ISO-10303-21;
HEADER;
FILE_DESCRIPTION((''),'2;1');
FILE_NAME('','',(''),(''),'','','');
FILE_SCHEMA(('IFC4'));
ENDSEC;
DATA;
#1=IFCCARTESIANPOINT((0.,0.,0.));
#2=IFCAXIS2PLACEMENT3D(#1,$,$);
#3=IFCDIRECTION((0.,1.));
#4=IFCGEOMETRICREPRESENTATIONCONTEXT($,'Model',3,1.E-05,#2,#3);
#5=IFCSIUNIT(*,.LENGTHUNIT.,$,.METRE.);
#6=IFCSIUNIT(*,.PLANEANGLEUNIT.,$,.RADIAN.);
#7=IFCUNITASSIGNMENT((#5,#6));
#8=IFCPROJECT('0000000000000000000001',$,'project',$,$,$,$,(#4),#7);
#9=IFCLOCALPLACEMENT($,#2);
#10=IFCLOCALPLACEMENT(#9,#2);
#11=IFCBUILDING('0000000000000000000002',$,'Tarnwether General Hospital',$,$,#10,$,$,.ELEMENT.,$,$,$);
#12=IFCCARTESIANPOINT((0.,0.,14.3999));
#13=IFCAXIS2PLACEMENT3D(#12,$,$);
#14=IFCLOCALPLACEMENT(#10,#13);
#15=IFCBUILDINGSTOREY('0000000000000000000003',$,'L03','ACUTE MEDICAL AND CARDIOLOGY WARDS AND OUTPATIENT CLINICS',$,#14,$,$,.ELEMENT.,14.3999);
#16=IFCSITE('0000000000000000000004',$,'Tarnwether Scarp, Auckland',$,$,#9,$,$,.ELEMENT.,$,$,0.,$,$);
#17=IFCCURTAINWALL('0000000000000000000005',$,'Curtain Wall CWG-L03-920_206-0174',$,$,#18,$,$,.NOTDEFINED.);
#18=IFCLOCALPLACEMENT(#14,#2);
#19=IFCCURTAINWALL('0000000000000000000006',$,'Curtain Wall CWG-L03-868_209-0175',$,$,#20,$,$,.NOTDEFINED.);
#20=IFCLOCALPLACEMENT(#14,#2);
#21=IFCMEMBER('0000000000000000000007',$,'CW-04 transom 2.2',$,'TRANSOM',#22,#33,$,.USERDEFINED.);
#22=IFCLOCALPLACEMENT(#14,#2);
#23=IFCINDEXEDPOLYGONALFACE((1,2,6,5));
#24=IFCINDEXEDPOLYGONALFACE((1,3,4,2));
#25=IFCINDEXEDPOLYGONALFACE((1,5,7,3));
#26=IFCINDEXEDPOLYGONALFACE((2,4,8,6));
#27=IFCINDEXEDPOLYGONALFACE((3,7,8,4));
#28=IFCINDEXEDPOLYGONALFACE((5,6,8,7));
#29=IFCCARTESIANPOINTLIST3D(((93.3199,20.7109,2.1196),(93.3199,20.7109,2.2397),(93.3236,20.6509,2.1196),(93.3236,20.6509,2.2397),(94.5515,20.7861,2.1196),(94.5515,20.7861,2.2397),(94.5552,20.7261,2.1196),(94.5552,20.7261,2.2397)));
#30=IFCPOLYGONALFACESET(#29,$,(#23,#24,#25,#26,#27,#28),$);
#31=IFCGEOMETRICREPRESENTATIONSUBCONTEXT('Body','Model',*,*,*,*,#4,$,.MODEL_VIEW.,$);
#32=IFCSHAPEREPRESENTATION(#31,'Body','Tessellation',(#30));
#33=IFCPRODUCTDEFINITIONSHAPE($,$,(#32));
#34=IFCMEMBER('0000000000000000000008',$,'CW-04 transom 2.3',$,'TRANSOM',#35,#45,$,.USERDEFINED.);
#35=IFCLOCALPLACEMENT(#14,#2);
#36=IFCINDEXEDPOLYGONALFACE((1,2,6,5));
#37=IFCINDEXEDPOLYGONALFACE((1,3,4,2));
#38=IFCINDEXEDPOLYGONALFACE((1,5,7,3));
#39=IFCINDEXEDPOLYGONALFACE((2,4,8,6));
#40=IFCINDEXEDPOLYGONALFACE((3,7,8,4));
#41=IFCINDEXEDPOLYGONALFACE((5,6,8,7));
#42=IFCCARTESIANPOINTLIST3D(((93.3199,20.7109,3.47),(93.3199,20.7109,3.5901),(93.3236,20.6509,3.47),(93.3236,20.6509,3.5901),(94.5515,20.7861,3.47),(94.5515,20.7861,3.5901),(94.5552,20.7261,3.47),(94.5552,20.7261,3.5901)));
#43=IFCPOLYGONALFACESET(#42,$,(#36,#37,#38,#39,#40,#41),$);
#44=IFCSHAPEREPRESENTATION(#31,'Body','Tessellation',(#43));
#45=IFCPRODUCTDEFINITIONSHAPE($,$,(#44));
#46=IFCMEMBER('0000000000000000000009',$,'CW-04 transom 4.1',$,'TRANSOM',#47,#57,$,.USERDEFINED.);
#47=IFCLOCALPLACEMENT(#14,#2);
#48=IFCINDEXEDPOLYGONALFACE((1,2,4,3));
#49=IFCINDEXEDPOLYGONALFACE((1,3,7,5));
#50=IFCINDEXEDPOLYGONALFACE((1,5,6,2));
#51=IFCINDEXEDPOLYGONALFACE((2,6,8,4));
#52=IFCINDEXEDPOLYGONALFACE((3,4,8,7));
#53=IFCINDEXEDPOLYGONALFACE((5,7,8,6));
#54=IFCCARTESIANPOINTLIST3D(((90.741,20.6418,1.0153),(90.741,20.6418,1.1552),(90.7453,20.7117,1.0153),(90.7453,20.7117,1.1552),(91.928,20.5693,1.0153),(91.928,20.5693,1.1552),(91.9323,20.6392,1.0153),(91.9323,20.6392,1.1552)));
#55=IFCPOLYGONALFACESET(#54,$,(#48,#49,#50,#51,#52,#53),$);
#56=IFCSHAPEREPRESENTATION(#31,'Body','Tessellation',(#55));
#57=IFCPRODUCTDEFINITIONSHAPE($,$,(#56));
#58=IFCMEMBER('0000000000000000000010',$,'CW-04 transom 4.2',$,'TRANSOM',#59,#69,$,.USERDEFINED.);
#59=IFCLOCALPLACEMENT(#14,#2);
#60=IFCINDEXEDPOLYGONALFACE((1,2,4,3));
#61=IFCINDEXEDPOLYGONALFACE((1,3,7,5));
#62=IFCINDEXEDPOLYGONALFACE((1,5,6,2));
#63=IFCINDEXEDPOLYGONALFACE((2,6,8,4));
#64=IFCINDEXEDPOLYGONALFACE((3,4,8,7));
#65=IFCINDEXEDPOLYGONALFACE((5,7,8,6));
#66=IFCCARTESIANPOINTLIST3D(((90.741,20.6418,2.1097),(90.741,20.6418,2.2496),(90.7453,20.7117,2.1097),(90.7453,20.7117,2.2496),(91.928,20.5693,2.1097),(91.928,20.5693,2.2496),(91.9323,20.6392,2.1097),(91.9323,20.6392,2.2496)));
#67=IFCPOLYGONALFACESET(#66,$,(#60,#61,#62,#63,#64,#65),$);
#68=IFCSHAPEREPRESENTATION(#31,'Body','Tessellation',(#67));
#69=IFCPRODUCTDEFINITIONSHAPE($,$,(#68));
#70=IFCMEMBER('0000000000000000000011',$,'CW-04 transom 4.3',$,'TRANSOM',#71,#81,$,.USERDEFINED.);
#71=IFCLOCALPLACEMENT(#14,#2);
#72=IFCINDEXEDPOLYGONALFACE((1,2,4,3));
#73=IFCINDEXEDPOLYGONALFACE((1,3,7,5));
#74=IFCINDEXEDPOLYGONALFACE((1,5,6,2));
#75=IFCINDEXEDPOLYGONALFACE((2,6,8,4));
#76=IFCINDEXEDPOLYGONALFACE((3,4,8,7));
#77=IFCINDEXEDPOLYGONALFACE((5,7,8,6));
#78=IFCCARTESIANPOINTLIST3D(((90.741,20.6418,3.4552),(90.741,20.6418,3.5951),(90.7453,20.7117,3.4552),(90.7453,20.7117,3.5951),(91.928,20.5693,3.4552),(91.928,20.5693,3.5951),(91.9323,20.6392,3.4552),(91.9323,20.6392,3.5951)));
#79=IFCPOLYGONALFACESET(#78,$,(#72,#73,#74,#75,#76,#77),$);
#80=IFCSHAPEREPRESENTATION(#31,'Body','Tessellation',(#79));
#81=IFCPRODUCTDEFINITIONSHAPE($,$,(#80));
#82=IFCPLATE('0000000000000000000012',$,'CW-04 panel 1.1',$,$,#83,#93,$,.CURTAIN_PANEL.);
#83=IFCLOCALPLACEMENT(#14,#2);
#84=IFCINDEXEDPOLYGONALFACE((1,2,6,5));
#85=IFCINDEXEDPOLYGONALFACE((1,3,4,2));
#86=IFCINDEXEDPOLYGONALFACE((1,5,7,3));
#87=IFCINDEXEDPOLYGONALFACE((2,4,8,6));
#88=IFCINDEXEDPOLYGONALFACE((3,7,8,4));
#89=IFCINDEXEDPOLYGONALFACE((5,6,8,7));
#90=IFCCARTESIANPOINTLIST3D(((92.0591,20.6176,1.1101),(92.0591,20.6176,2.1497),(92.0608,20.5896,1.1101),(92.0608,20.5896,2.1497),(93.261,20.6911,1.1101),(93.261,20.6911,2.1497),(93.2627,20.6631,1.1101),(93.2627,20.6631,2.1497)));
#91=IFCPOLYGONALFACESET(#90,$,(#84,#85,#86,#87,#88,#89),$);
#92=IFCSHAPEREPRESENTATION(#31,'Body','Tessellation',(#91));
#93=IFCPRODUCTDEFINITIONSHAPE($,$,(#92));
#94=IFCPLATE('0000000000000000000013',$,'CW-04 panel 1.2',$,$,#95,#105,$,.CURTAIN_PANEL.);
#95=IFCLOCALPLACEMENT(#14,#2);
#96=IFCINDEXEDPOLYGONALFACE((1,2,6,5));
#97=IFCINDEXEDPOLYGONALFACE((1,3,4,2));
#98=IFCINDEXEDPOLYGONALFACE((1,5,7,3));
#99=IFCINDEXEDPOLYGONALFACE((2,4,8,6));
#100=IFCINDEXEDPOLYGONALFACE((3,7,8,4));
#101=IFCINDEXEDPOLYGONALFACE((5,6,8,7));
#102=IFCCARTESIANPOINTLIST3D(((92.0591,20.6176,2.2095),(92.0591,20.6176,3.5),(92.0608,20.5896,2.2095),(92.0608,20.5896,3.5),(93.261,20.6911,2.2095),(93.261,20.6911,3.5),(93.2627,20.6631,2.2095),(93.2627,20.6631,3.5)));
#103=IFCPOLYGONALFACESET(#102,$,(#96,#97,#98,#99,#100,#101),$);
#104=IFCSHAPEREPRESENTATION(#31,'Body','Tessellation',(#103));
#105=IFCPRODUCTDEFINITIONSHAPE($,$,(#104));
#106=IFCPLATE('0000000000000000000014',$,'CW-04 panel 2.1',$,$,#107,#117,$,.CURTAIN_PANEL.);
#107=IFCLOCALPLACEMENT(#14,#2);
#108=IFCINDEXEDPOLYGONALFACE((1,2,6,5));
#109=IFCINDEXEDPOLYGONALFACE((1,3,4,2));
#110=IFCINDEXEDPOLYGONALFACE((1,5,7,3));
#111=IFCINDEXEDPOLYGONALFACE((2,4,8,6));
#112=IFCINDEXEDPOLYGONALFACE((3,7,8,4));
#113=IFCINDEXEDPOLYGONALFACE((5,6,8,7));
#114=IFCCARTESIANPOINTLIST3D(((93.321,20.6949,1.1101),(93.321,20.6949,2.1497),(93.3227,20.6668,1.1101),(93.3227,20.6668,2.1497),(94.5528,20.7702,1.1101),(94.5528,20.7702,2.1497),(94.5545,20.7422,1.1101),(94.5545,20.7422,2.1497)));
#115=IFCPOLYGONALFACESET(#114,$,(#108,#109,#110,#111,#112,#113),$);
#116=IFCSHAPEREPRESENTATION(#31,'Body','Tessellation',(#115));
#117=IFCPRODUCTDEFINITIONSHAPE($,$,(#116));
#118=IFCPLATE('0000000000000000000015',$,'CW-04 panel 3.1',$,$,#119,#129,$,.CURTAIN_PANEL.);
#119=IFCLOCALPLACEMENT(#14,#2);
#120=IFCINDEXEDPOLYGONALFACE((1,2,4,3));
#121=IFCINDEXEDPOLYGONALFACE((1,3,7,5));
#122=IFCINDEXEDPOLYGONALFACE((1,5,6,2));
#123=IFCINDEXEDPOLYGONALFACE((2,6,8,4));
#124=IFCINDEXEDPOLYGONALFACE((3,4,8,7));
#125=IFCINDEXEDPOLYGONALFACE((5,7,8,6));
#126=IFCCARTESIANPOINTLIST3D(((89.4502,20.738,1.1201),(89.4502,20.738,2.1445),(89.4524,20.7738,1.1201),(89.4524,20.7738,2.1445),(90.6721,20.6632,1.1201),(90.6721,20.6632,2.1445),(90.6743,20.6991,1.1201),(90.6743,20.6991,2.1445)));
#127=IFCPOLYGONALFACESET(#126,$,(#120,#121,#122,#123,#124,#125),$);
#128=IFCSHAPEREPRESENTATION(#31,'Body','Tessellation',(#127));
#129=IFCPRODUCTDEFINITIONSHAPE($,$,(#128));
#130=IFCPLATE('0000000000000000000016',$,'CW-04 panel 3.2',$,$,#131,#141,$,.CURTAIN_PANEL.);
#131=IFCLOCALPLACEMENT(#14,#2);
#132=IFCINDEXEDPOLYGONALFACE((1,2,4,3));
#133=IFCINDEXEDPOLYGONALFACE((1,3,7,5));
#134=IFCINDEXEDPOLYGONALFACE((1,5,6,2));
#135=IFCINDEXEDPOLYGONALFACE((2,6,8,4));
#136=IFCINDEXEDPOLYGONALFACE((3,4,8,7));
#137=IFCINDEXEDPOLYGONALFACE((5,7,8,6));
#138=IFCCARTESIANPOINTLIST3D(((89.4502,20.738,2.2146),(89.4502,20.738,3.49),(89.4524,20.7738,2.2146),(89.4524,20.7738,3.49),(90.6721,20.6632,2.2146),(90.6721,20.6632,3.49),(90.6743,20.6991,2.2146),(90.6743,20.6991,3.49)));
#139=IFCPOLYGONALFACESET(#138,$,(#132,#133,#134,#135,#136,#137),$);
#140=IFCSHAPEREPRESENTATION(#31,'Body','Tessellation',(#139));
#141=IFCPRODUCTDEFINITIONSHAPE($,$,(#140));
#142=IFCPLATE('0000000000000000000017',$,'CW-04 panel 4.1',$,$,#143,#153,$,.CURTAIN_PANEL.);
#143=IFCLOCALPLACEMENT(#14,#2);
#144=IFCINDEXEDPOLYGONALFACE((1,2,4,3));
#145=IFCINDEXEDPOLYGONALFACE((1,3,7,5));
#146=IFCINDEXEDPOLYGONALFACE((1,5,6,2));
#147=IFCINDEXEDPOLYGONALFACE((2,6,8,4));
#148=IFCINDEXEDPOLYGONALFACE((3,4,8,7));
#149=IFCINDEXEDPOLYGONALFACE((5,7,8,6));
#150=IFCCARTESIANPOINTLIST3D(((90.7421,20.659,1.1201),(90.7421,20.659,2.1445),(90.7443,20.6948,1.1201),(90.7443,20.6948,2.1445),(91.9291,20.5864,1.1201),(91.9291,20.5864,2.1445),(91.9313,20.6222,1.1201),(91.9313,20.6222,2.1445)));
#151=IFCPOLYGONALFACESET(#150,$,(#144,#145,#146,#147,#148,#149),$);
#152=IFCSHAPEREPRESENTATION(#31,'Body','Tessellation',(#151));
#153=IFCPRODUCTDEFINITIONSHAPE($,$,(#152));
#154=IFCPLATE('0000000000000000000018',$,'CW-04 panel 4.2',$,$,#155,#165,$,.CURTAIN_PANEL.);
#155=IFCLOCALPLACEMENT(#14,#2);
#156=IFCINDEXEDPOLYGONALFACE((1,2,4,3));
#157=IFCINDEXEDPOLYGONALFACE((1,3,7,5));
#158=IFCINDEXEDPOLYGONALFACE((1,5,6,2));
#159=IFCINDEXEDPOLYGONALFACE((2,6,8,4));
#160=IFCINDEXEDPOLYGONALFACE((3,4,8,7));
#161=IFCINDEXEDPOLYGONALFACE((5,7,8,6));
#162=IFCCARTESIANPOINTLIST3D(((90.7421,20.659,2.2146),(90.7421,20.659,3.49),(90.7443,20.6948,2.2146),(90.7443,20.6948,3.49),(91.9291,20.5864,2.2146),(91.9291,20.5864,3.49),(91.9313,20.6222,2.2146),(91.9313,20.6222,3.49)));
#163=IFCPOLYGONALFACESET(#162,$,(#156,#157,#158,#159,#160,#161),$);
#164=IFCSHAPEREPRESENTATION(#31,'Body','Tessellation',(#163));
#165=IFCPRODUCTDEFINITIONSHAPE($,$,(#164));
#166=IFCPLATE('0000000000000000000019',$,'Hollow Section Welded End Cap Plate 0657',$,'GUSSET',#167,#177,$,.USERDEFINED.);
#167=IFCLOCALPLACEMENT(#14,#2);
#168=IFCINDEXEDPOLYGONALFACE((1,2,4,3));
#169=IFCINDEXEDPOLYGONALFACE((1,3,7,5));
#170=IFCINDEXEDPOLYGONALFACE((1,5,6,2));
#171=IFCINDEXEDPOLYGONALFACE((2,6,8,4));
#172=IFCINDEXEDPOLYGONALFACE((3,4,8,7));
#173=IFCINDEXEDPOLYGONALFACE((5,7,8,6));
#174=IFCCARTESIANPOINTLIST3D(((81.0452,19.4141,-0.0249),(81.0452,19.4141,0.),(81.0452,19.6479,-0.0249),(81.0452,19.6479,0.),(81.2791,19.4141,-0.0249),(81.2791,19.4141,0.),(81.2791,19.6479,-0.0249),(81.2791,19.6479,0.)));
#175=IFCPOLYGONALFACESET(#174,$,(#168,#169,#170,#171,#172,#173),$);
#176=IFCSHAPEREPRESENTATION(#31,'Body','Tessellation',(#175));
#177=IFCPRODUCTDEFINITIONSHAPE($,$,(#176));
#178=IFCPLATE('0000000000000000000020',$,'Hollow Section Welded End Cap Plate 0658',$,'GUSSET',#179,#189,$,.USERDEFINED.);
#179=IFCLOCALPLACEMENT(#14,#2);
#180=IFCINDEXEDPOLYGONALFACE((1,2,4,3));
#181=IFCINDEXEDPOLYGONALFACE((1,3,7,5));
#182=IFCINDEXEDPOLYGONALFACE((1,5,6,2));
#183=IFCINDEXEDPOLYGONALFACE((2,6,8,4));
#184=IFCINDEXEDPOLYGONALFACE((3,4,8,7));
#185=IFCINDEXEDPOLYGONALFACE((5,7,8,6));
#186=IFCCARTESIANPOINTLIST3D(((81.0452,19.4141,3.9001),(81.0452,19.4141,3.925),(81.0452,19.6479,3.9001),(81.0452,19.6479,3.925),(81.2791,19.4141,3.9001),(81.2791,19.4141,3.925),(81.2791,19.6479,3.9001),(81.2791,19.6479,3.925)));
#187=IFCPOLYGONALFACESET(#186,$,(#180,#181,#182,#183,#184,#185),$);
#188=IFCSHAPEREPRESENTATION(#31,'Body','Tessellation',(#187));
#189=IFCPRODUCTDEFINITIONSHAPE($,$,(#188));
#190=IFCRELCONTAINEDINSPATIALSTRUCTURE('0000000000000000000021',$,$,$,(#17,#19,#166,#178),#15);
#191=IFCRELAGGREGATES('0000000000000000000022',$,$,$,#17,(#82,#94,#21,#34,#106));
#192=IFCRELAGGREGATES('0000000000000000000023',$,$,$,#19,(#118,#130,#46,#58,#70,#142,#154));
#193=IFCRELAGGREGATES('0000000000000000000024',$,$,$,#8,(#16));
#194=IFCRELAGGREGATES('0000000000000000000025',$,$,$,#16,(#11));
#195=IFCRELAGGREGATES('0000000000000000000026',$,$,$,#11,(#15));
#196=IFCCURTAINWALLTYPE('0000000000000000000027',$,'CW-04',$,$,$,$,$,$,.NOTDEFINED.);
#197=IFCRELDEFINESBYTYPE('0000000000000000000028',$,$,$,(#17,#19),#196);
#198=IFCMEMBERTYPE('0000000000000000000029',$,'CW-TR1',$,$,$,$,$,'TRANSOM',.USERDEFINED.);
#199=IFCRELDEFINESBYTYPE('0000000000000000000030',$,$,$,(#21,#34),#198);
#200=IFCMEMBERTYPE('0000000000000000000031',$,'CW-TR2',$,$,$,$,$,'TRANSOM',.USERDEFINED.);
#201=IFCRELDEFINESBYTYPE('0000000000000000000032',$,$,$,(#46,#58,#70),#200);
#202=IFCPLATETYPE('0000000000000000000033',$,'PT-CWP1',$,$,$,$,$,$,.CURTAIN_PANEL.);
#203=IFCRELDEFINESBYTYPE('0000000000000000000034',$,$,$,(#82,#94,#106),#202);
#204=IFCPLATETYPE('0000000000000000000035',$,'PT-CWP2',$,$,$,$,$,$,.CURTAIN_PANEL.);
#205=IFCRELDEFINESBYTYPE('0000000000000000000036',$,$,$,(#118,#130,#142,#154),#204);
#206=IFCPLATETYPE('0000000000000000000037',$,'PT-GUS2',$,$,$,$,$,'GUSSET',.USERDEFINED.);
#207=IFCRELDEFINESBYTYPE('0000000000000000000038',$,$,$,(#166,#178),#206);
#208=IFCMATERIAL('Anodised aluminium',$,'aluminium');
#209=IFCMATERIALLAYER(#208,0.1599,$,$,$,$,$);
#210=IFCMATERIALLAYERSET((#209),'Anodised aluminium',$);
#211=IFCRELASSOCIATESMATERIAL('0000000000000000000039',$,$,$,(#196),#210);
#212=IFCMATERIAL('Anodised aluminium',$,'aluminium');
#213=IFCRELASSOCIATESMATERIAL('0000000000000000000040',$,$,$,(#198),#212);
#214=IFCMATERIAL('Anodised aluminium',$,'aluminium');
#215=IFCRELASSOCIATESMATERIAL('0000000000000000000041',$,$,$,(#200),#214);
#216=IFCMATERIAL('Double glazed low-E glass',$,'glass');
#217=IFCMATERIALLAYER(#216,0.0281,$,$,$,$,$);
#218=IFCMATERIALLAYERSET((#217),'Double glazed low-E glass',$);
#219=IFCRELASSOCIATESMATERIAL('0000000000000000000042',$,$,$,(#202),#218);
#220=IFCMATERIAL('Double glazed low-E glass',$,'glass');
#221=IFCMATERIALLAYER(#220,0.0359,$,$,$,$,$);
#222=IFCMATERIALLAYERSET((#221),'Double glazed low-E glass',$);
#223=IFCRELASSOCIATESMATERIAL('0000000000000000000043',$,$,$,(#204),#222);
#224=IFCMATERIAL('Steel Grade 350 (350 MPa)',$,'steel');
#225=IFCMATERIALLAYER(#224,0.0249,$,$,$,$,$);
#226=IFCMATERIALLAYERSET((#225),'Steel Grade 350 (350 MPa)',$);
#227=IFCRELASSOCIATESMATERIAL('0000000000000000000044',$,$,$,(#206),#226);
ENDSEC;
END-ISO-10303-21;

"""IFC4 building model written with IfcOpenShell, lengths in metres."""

from ifc_helpers import new_model, si_unit, direction, frame, origin, origin_2d, place, context, subcontext, project, spatial, rectangle, extrude, material, layer, layer_set, material_profile, profile_set, type_object, element, aggregate, save


model = new_model("IFC4")

# Units and contexts
model_context = context("Model", 3, precision=1e-05, world=origin(), true_north=direction((0.0, 1.0)))
body_context = subcontext(model_context, "Body", "Model", "MODEL_VIEW")
ifc_project = project(units=[si_unit("LENGTHUNIT", "METRE"), si_unit("PLANEANGLEUNIT", "RADIAN")], contexts=[model_context])

# Site, building, storey
site_placement = place(None, origin())
site = spatial("IfcSite", under=ifc_project, at=site_placement, Name="Tarnwether Scarp, Auckland", CompositionType="ELEMENT", RefElevation=0.0)
building_placement = place(site_placement, origin())
building = spatial("IfcBuilding", under=site, at=building_placement, Name="Tarnwether General Hospital", CompositionType="ELEMENT")
storey_placement = place(building_placement, frame((0.0, 0.0, 14.3999)))
storey = spatial("IfcBuildingStorey", under=building, at=storey_placement, Name="L03", Description="ACUTE MEDICAL AND CARDIOLOGY WARDS AND OUTPATIENT CLINICS", CompositionType="ELEMENT", Elevation=14.3999)

# Curtain walls
ifc_material_1 = material(Name="Anodised aluminium", Category="aluminium")
ifc_layer_1 = layer(ifc_material_1, 0.1599)
ifc_layer_set_1 = layer_set([ifc_layer_1], Name="Anodised aluminium")
curtain_wall_type = type_object("IfcCurtainWallType", Name="CW-04", PredefinedType="NOTDEFINED", material=ifc_layer_set_1)
curtain_wall_1_placement = place(storey_placement, origin())
curtain_wall_1 = element("IfcCurtainWall", 1, at=curtain_wall_1_placement, inside=storey, type_object=curtain_wall_type, Name="Curtain Wall CWG-L03-920_206-0174", PredefinedType="NOTDEFINED")
curtain_wall_2_placement = place(storey_placement, origin())
curtain_wall_2 = element("IfcCurtainWall", 2, at=curtain_wall_2_placement, inside=storey, type_object=curtain_wall_type, Name="Curtain Wall CWG-L03-868_209-0175", PredefinedType="NOTDEFINED")

# Members
ifc_material_2 = material(Name="Anodised aluminium", Category="aluminium")
ifc_material_profile_1 = material_profile(ifc_material_2, rectangle(XDim=0.0601, YDim=0.1201, at=origin_2d()), Name="ALU-TRN-60x120")
ifc_profile_set_1 = profile_set([ifc_material_profile_1], Name="Anodised aluminium")
member_type_1 = type_object("IfcMemberType", Name="CW-TR1", ElementType="TRANSOM", PredefinedType="USERDEFINED", material=ifc_profile_set_1)
member_1_placement = place(storey_placement, frame((93.3218, 20.6809, 2.1797), z_axis=(0.998142, 0.060937, 0.0), x_axis=(-0.060937, 0.998142, 0.0)))
member_1 = element("IfcMember", 3, at=member_1_placement, type_object=member_type_1, Name="CW-04 transom 2.2", ObjectType="TRANSOM", PredefinedType="USERDEFINED", context=body_context, shape_type="SweptSolid", body=[
    extrude(rectangle(XDim=0.0601, YDim=0.1201, at=origin_2d()), origin(), (0.0, 0.0, 1.0), 1.2339),
])
member_2_placement = place(storey_placement, frame((93.3218, 20.6809, 3.53), z_axis=(0.998142, 0.060937, 0.0), x_axis=(-0.060937, 0.998142, 0.0)))
member_2 = element("IfcMember", 4, at=member_2_placement, type_object=member_type_1, Name="CW-04 transom 2.3", ObjectType="TRANSOM", PredefinedType="USERDEFINED", context=body_context, shape_type="SweptSolid", body=[
    extrude(rectangle(XDim=0.0601, YDim=0.1201, at=origin_2d()), origin(), (0.0, 0.0, 1.0), 1.2339),
])
ifc_material_3 = material(Name="Anodised aluminium", Category="aluminium")
ifc_material_profile_2 = material_profile(ifc_material_3, rectangle(XDim=0.0701, YDim=0.1399, at=origin_2d()), Name="ALU-TRN-70x140")
ifc_profile_set_2 = profile_set([ifc_material_profile_2], Name="Anodised aluminium")
member_type_2 = type_object("IfcMemberType", Name="CW-TR2", ElementType="TRANSOM", PredefinedType="USERDEFINED", material=ifc_profile_set_2)
member_3_placement = place(storey_placement, frame((90.7432, 20.6768, 1.0852), z_axis=(0.998139, -0.060972, 0.0), x_axis=(0.060972, 0.998139, 0.0)))
member_3 = element("IfcMember", 5, at=member_3_placement, type_object=member_type_2, Name="CW-04 transom 4.1", ObjectType="TRANSOM", PredefinedType="USERDEFINED", context=body_context, shape_type="SweptSolid", body=[
    extrude(rectangle(XDim=0.0701, YDim=0.1399, at=origin_2d()), origin(), (0.0, 0.0, 1.0), 1.1892),
])
member_4_placement = place(storey_placement, frame((90.7432, 20.6768, 2.1797), z_axis=(0.998139, -0.060972, 0.0), x_axis=(0.060972, 0.998139, 0.0)))
member_4 = element("IfcMember", 6, at=member_4_placement, type_object=member_type_2, Name="CW-04 transom 4.2", ObjectType="TRANSOM", PredefinedType="USERDEFINED", context=body_context, shape_type="SweptSolid", body=[
    extrude(rectangle(XDim=0.0701, YDim=0.1399, at=origin_2d()), origin(), (0.0, 0.0, 1.0), 1.1892),
])
member_5_placement = place(storey_placement, frame((90.7432, 20.6768, 3.5251), z_axis=(0.998139, -0.060972, 0.0), x_axis=(0.060972, 0.998139, 0.0)))
member_5 = element("IfcMember", 7, at=member_5_placement, type_object=member_type_2, Name="CW-04 transom 4.3", ObjectType="TRANSOM", PredefinedType="USERDEFINED", context=body_context, shape_type="SweptSolid", body=[
    extrude(rectangle(XDim=0.0701, YDim=0.1399, at=origin_2d()), origin(), (0.0, 0.0, 1.0), 1.1892),
])

# Plates
ifc_material_4 = material(Name="Double glazed low-E glass", Category="glass")
ifc_layer_2 = layer(ifc_material_4, 0.0281)
ifc_layer_set_2 = layer_set([ifc_layer_2], Name="Double glazed low-E glass")
plate_type_1 = type_object("IfcPlateType", Name="PT-CWP1", PredefinedType="CURTAIN_PANEL", material=ifc_layer_set_2)
plate_1_placement = place(storey_placement, frame((92.6609, 20.6404, 1.1101), z_axis=(0.0, 0.0, 1.0), x_axis=(0.998135, 0.061043, 0.0)))
plate_1 = element("IfcPlate", 8, at=plate_1_placement, type_object=plate_type_1, Name="CW-04 panel 1.1", PredefinedType="CURTAIN_PANEL", context=body_context, shape_type="SweptSolid", body=[
    extrude(rectangle(XDim=1.2041, YDim=0.0281, at=origin_2d()), origin(), (0.0, 0.0, 1.0), 1.0396),
])
plate_2_placement = place(storey_placement, frame((92.6609, 20.6404, 2.2095), z_axis=(0.0, 0.0, 1.0), x_axis=(0.998135, 0.061043, 0.0)))
plate_2 = element("IfcPlate", 9, at=plate_2_placement, type_object=plate_type_1, Name="CW-04 panel 1.2", PredefinedType="CURTAIN_PANEL", context=body_context, shape_type="SweptSolid", body=[
    extrude(rectangle(XDim=1.2041, YDim=0.0281, at=origin_2d()), origin(), (0.0, 0.0, 1.0), 1.2905),
])
plate_3_placement = place(storey_placement, frame((93.9377, 20.7185, 1.1101), z_axis=(0.0, 0.0, 1.0), x_axis=(0.998135, 0.061043, 0.0)))
plate_3 = element("IfcPlate", 10, at=plate_3_placement, type_object=plate_type_1, Name="CW-04 panel 2.1", PredefinedType="CURTAIN_PANEL", context=body_context, shape_type="SweptSolid", body=[
    extrude(rectangle(XDim=1.2341, YDim=0.0281, at=origin_2d()), origin(), (0.0, 0.0, 1.0), 1.0396),
])
aggregate(curtain_wall_1, [plate_1, plate_2, member_1, member_2, plate_3])
ifc_material_5 = material(Name="Double glazed low-E glass", Category="glass")
ifc_layer_3 = layer(ifc_material_5, 0.0359)
ifc_layer_set_3 = layer_set([ifc_layer_3], Name="Double glazed low-E glass")
plate_type_2 = type_object("IfcPlateType", Name="PT-CWP2", PredefinedType="CURTAIN_PANEL", material=ifc_layer_set_3)
plate_4_placement = place(storey_placement, frame((90.0623, 20.7185, 1.1201), z_axis=(0.0, 0.0, 1.0), x_axis=(0.998135, -0.061043, 0.0)))
plate_4 = element("IfcPlate", 11, at=plate_4_placement, type_object=plate_type_2, Name="CW-04 panel 3.1", PredefinedType="CURTAIN_PANEL", context=body_context, shape_type="SweptSolid", body=[
    extrude(rectangle(XDim=1.2241, YDim=0.0359, at=origin_2d()), origin(), (0.0, 0.0, 1.0), 1.0244),
])
plate_5_placement = place(storey_placement, frame((90.0623, 20.7185, 2.2146), z_axis=(0.0, 0.0, 1.0), x_axis=(0.998135, -0.061043, 0.0)))
plate_5 = element("IfcPlate", 12, at=plate_5_placement, type_object=plate_type_2, Name="CW-04 panel 3.2", PredefinedType="CURTAIN_PANEL", context=body_context, shape_type="SweptSolid", body=[
    extrude(rectangle(XDim=1.2241, YDim=0.0359, at=origin_2d()), origin(), (0.0, 0.0, 1.0), 1.2754),
])
plate_6_placement = place(storey_placement, frame((91.3367, 20.6406, 1.1201), z_axis=(0.0, 0.0, 1.0), x_axis=(0.998135, -0.061043, 0.0)))
plate_6 = element("IfcPlate", 13, at=plate_6_placement, type_object=plate_type_2, Name="CW-04 panel 4.1", PredefinedType="CURTAIN_PANEL", context=body_context, shape_type="SweptSolid", body=[
    extrude(rectangle(XDim=1.1892, YDim=0.0359, at=origin_2d()), origin(), (0.0, 0.0, 1.0), 1.0244),
])
plate_7_placement = place(storey_placement, frame((91.3367, 20.6406, 2.2146), z_axis=(0.0, 0.0, 1.0), x_axis=(0.998135, -0.061043, 0.0)))
plate_7 = element("IfcPlate", 14, at=plate_7_placement, type_object=plate_type_2, Name="CW-04 panel 4.2", PredefinedType="CURTAIN_PANEL", context=body_context, shape_type="SweptSolid", body=[
    extrude(rectangle(XDim=1.1892, YDim=0.0359, at=origin_2d()), origin(), (0.0, 0.0, 1.0), 1.2754),
])
aggregate(curtain_wall_2, [plate_4, plate_5, member_3, member_4, member_5, plate_6, plate_7])

# Plates
ifc_material_6 = material(Name="Steel Grade 350 (350 MPa)", Category="steel")
ifc_layer_4 = layer(ifc_material_6, 0.0249)
ifc_layer_set_4 = layer_set([ifc_layer_4], Name="Steel Grade 350 (350 MPa)")
plate_type_3 = type_object("IfcPlateType", Name="PT-GUS2", ElementType="GUSSET", PredefinedType="USERDEFINED", material=ifc_layer_set_4)
for number, where, z_axis, x_axis, name in (
    (15, (81.1621, 19.531, -0.0249), (0.0, 0.0, 1.0), (1.0, 0.0, 0.0), "Hollow Section Welded End Cap Plate 0657"),
    (16, (81.1621, 19.531, 3.9001), (0.0, 0.0, 1.0), (1.0, 0.0, 0.0), "Hollow Section Welded End Cap Plate 0658"),
):
    element("IfcPlate", number, at=place(storey_placement, frame(where, z_axis=z_axis, x_axis=x_axis)), inside=storey, type_object=plate_type_3, Name=name, ObjectType="GUSSET", PredefinedType="USERDEFINED", context=body_context, shape_type="SweptSolid", body=[
        extrude(rectangle(XDim=0.2339, YDim=0.2339, at=origin_2d()), origin(), (0.0, 0.0, 1.0), 0.0249),
    ])

save(model, "model.ifc")
